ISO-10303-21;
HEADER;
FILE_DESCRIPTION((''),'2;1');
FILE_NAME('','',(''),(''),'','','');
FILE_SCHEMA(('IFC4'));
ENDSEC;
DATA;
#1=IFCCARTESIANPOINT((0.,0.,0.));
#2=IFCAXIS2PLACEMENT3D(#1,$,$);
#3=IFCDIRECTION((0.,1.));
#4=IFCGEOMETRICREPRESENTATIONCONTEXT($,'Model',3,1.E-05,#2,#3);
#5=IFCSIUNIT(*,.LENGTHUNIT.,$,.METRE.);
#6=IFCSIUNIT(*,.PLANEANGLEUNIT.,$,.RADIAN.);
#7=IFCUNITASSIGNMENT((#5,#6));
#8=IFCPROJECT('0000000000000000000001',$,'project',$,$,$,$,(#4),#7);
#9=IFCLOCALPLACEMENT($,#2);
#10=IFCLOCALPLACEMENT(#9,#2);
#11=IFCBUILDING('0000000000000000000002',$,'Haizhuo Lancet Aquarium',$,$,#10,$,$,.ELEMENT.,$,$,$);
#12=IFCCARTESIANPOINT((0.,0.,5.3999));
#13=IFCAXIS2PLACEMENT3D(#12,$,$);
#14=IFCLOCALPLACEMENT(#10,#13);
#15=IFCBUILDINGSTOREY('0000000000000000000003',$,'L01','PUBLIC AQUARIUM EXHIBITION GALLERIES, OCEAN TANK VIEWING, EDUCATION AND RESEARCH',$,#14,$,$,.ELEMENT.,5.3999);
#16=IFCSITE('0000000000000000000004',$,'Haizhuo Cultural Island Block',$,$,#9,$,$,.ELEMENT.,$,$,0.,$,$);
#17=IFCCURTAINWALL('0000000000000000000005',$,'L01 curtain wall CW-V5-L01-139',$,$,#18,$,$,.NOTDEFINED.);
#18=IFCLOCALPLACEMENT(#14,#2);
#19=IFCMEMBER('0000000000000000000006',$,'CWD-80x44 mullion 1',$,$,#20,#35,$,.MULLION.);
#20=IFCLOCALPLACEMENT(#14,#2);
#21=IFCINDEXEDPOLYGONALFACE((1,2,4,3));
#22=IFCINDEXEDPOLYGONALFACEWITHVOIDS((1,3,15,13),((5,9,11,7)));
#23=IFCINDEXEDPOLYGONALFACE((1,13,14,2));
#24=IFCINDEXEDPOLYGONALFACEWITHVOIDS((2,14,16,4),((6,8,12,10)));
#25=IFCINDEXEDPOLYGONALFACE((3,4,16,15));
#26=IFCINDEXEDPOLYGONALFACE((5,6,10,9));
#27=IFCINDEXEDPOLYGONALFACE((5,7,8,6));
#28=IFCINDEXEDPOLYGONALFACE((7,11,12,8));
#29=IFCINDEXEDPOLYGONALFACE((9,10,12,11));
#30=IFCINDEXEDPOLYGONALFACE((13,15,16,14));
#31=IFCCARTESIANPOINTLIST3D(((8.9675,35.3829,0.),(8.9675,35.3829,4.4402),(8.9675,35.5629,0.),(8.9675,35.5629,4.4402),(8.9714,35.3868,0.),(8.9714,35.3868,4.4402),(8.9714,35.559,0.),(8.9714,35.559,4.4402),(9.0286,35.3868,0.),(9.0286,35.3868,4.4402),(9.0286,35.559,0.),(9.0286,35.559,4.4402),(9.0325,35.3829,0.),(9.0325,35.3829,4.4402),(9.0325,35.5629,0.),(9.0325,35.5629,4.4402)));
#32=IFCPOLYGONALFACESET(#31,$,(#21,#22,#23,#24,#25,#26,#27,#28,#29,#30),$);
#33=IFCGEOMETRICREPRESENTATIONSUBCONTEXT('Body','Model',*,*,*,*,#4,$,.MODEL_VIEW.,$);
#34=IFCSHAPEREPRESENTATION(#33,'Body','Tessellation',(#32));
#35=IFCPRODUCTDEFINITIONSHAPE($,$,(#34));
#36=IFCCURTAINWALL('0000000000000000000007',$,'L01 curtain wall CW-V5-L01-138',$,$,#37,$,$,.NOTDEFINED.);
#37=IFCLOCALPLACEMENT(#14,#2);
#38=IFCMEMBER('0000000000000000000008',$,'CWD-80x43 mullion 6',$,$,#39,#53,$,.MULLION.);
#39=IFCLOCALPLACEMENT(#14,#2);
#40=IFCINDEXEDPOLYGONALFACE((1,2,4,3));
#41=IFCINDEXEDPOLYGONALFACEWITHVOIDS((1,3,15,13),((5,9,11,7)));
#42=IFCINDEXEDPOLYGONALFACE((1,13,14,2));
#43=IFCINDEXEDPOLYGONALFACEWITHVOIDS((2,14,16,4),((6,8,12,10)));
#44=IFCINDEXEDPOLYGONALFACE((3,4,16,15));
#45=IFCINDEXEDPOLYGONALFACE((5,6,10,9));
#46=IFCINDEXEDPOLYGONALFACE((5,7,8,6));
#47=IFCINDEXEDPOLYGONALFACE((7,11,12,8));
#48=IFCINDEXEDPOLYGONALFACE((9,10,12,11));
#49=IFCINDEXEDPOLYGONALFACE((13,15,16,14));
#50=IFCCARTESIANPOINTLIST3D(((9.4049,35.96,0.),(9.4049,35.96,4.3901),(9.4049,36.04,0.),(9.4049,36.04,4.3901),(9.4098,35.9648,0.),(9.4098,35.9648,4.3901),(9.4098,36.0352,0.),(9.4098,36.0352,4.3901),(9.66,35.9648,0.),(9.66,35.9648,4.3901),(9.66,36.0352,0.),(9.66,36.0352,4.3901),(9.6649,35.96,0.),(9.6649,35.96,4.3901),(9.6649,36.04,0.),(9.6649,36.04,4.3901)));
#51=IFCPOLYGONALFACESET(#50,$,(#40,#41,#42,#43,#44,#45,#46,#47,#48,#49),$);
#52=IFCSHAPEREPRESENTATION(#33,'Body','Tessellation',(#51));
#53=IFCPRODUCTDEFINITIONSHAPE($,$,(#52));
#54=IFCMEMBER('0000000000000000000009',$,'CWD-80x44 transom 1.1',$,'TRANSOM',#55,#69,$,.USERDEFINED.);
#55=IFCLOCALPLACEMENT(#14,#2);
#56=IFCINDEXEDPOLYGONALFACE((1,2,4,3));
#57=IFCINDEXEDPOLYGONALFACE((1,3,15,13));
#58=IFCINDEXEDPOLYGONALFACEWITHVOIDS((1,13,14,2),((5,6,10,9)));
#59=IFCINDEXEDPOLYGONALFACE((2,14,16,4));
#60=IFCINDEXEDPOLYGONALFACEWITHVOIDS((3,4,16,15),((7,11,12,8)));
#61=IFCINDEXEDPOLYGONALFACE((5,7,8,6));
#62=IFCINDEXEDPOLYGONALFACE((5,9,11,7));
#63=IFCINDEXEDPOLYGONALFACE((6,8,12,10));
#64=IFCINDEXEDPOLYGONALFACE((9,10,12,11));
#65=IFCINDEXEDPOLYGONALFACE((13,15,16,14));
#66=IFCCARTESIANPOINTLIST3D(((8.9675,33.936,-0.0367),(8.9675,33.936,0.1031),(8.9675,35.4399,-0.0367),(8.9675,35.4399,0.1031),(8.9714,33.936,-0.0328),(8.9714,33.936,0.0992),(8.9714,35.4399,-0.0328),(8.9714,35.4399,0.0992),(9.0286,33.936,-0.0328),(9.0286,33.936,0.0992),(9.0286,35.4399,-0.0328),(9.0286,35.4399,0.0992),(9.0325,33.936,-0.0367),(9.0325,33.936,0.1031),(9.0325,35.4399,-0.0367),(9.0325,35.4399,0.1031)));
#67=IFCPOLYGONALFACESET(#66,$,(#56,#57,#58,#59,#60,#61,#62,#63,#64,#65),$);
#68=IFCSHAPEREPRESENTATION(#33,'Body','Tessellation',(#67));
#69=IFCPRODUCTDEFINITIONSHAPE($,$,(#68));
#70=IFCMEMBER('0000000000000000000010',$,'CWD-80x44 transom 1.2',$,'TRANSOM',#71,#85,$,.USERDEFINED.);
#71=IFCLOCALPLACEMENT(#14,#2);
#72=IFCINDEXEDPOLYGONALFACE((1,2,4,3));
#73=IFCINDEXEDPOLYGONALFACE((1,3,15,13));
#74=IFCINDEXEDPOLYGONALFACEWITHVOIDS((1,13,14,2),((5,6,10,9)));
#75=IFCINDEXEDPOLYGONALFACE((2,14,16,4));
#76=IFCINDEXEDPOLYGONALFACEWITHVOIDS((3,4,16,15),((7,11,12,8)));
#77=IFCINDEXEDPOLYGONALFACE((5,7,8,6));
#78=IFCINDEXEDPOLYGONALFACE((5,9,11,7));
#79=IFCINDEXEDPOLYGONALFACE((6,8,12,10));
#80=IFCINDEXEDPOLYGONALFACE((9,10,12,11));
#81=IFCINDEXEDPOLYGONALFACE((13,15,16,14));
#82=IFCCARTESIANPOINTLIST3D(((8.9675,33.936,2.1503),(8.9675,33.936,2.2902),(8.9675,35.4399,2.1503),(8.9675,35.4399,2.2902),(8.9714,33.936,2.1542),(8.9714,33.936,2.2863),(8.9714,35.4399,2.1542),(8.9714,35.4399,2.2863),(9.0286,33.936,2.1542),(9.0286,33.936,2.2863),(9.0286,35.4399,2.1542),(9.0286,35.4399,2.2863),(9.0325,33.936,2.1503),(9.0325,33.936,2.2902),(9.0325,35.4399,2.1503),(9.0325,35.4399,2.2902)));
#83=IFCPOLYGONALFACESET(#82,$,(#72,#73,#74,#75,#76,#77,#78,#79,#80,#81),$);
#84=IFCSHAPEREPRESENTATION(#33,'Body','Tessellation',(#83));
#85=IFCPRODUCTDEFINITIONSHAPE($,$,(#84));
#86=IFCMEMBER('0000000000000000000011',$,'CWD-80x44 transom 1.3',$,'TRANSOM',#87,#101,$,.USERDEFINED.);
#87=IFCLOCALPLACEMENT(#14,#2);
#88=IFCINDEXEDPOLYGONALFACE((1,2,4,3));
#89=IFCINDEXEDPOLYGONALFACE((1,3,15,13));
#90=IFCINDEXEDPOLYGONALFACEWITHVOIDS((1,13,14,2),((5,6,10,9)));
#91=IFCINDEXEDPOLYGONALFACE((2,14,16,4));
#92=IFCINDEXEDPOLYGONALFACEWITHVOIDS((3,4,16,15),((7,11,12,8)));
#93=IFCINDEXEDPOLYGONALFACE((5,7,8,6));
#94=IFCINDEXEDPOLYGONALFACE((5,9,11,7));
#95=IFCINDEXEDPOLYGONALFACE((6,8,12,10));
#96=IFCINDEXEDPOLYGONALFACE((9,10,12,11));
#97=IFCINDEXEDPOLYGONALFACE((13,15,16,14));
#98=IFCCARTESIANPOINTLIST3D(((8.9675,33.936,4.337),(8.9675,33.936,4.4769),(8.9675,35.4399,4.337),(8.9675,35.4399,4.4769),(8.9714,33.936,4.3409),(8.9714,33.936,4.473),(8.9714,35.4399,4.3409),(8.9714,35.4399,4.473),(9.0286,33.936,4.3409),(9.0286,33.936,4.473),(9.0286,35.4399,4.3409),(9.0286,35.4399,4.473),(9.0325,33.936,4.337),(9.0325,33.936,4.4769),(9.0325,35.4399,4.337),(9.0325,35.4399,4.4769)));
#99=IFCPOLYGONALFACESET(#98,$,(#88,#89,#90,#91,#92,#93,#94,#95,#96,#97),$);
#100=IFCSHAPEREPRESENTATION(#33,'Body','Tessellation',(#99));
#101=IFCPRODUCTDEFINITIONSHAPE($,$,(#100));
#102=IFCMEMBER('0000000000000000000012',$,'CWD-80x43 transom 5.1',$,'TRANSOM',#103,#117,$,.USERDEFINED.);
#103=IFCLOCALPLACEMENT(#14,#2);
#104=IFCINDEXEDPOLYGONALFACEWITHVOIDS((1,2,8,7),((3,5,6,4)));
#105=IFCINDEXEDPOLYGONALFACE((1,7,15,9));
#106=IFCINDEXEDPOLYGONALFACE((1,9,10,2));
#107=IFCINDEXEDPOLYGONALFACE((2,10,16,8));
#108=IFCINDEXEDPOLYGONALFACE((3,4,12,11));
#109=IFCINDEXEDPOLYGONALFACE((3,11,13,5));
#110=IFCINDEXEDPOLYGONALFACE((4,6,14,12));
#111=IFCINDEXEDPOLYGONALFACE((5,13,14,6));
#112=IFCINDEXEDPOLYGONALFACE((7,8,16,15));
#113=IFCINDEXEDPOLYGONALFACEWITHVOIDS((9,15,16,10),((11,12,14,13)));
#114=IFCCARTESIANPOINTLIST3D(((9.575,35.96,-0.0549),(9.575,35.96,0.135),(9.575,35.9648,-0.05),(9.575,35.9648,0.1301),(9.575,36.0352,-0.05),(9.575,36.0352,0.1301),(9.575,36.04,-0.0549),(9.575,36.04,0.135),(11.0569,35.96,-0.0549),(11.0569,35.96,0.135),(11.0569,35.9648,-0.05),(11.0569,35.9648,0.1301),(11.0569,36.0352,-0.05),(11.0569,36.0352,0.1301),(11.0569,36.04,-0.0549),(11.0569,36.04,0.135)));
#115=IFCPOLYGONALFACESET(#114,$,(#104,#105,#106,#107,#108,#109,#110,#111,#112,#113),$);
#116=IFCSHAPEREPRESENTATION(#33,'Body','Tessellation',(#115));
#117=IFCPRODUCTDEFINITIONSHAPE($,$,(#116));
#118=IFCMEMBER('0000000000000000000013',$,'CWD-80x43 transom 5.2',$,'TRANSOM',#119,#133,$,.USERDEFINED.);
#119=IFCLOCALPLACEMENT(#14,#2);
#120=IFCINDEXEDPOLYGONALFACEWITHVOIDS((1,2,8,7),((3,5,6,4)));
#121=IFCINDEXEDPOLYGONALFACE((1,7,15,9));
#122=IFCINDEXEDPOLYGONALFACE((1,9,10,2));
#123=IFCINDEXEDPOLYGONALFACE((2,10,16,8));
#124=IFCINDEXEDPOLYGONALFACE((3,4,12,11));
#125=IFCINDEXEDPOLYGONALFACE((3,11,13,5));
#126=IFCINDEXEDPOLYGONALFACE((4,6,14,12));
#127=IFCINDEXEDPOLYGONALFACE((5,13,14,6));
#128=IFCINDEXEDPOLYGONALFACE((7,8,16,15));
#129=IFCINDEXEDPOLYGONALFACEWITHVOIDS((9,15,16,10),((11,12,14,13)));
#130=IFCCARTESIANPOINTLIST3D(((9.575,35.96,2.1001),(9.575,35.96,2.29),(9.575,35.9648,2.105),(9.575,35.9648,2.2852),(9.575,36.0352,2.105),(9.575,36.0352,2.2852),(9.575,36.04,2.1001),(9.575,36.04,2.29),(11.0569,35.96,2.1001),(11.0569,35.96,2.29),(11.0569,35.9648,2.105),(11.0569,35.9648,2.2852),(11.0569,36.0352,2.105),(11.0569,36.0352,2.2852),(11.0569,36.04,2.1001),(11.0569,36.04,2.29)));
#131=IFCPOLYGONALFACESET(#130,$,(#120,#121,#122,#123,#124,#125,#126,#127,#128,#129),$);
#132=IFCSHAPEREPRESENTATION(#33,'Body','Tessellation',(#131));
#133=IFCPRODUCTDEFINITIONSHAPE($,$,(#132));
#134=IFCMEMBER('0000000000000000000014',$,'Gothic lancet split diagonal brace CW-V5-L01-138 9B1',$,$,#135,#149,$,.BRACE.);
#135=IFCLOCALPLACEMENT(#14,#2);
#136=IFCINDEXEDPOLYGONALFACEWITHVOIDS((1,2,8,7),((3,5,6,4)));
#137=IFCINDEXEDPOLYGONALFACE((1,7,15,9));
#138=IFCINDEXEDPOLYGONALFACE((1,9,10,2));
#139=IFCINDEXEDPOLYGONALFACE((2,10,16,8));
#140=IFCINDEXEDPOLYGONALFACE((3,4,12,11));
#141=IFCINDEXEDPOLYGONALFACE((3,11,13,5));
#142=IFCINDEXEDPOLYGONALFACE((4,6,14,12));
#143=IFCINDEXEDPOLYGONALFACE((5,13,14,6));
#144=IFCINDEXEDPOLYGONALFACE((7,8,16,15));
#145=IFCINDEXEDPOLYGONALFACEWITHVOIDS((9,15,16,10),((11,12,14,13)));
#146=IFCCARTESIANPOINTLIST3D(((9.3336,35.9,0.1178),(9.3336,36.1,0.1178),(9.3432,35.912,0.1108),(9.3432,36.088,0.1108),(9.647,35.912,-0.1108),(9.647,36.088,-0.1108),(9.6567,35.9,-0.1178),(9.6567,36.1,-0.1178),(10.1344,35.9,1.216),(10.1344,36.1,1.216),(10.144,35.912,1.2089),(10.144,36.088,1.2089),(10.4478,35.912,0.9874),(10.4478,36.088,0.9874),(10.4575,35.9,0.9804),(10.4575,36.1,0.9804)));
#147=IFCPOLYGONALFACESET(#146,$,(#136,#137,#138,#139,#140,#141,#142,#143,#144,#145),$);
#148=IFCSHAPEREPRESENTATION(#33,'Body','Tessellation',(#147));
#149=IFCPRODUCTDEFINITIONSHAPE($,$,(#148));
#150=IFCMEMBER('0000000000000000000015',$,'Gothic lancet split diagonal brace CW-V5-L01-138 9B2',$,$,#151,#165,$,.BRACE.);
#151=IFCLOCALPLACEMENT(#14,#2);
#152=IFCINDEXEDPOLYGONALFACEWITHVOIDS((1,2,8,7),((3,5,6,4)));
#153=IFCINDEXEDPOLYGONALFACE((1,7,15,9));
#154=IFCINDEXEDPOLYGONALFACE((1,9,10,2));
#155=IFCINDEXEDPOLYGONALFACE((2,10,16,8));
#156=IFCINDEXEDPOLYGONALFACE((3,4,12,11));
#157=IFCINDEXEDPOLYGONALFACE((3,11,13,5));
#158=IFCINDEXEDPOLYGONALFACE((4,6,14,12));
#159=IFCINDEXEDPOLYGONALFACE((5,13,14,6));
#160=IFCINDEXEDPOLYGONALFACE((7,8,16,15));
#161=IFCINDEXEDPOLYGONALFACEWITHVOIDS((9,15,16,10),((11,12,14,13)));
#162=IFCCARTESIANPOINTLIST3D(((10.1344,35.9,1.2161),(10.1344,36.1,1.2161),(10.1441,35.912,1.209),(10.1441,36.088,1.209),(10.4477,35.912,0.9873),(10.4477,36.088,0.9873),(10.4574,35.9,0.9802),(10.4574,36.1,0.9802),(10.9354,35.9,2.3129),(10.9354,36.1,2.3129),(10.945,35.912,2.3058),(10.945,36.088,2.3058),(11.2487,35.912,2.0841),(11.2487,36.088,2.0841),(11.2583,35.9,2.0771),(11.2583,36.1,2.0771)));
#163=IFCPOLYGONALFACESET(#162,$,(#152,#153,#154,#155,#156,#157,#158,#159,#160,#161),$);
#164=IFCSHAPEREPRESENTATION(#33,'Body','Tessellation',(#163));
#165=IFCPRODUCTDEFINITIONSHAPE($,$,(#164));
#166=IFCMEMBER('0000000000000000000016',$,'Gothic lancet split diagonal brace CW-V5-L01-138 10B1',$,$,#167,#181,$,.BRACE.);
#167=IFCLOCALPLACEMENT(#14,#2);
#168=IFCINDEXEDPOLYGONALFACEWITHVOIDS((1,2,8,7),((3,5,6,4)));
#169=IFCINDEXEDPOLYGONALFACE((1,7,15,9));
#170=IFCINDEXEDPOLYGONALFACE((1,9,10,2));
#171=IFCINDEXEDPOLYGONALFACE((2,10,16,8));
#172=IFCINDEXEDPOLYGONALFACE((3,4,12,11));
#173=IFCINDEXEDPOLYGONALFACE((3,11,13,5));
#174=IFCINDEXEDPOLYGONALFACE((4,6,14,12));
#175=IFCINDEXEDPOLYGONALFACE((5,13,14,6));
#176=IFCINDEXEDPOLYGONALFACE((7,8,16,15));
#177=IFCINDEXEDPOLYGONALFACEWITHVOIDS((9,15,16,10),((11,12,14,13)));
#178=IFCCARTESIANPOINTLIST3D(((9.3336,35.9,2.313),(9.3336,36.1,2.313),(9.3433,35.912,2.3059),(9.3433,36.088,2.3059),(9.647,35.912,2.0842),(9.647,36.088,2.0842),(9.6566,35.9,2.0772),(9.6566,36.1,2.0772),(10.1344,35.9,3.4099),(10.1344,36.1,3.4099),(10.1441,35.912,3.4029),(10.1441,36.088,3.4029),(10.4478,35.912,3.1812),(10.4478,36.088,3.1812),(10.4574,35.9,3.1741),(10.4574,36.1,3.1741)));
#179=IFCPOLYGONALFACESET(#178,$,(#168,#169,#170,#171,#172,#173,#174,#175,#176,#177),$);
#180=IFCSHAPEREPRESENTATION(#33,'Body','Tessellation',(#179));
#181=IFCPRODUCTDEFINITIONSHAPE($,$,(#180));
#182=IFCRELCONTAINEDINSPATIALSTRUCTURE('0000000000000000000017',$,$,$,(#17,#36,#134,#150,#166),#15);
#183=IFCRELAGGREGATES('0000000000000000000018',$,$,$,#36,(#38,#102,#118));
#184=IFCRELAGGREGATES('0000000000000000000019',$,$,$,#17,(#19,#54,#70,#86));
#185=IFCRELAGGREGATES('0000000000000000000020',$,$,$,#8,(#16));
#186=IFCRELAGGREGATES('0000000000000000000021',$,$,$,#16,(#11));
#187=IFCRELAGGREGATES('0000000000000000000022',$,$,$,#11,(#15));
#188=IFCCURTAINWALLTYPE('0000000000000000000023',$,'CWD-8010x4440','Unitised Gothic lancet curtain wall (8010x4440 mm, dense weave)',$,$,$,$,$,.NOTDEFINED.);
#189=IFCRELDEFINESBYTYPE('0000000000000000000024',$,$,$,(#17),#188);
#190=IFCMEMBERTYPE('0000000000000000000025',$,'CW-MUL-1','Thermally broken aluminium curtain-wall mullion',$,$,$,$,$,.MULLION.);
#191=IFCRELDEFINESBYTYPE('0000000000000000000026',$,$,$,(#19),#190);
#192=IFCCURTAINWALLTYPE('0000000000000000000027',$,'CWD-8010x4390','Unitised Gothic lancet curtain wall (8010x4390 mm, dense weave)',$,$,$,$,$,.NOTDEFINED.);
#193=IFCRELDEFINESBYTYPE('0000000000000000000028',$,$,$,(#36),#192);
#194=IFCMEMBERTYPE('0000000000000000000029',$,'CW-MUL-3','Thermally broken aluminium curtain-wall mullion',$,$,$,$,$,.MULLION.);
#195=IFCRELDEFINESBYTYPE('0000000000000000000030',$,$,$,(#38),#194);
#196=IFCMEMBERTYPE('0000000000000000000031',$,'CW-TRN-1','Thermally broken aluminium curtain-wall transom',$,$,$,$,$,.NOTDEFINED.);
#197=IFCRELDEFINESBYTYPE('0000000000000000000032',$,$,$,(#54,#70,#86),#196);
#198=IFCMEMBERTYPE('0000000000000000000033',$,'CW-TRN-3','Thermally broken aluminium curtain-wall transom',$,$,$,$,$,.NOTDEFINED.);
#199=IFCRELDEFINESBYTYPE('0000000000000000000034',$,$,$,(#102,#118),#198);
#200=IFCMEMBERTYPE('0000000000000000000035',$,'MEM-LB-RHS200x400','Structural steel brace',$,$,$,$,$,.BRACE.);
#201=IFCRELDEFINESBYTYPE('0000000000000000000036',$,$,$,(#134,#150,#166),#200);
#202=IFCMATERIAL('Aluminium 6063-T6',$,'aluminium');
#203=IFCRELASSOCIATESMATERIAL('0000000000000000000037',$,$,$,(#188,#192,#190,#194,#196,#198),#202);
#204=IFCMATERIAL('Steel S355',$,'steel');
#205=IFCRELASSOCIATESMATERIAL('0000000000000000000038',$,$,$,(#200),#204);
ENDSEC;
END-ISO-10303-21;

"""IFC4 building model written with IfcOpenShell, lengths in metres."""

from ifc_helpers import new_model, si_unit, direction, frame, origin, origin_2d, place, context, subcontext, project, spatial, hollow_rectangle, extrude, material, material_profile, profile_set, type_object, element, aggregate, save


model = new_model("IFC4")

# Units and contexts
model_context = context("Model", 3, precision=1e-05, world=origin(), true_north=direction((0.0, 1.0)))
body_context = subcontext(model_context, "Body", "Model", "MODEL_VIEW")
ifc_project = project(units=[si_unit("LENGTHUNIT", "METRE"), si_unit("PLANEANGLEUNIT", "RADIAN")], contexts=[model_context])

# Site, building, storey
site_placement = place(None, origin())
site = spatial("IfcSite", under=ifc_project, at=site_placement, Name="Haizhuo Cultural Island Block", CompositionType="ELEMENT", RefElevation=0.0)
building_placement = place(site_placement, origin())
building = spatial("IfcBuilding", under=site, at=building_placement, Name="Haizhuo Lancet Aquarium", CompositionType="ELEMENT")
storey_placement = place(building_placement, frame((0.0, 0.0, 5.3999)))
storey = spatial("IfcBuildingStorey", under=building, at=storey_placement, Name="L01", Description="PUBLIC AQUARIUM EXHIBITION GALLERIES, OCEAN TANK VIEWING, EDUCATION AND RESEARCH", CompositionType="ELEMENT", Elevation=5.3999)

# Curtain walls, members
ifc_material_1 = material(Name="Aluminium 6063-T6", Category="aluminium")
curtain_wall_type_1 = type_object("IfcCurtainWallType", Name="CWD-8010x4440", Description="Unitised Gothic lancet curtain wall (8010x4440 mm, dense weave)", PredefinedType="NOTDEFINED", material=ifc_material_1)
curtain_wall_1_placement = place(storey_placement, origin())
curtain_wall_1 = element("IfcCurtainWall", 1, at=curtain_wall_1_placement, inside=storey, type_object=curtain_wall_type_1, Name="L01 curtain wall CW-V5-L01-139", PredefinedType="NOTDEFINED")
ifc_material_profile_1 = material_profile(ifc_material_1, hollow_rectangle(XDim=0.0649, YDim=0.1799, WallThickness=0.0039, at=origin_2d()), Name="ALU-M 65x180x4")
ifc_profile_set_1 = profile_set([ifc_material_profile_1], Name="Aluminium 6063-T6")
member_type_1 = type_object("IfcMemberType", Name="CW-MUL-1", Description="Thermally broken aluminium curtain-wall mullion", PredefinedType="MULLION", material=ifc_profile_set_1)
member_1_placement = place(storey_placement, frame((9.0, 35.4729, 0.0), z_axis=(0.0, 0.0, 1.0), x_axis=(1.0, 0.0, 0.0)))
member_1 = element("IfcMember", 2, at=member_1_placement, type_object=member_type_1, Name="CWD-80x44 mullion 1", PredefinedType="MULLION", context=body_context, shape_type="SweptSolid", body=[
    extrude(hollow_rectangle(XDim=0.0649, YDim=0.1799, WallThickness=0.0039, at=origin_2d()), origin(), (0.0, 0.0, 1.0), 4.4402),
])
curtain_wall_type_2 = type_object("IfcCurtainWallType", Name="CWD-8010x4390", Description="Unitised Gothic lancet curtain wall (8010x4390 mm, dense weave)", PredefinedType="NOTDEFINED", material=ifc_material_1)
curtain_wall_2_placement = place(storey_placement, origin())
curtain_wall_2 = element("IfcCurtainWall", 3, at=curtain_wall_2_placement, inside=storey, type_object=curtain_wall_type_2, Name="L01 curtain wall CW-V5-L01-138", PredefinedType="NOTDEFINED")
ifc_material_profile_2 = material_profile(ifc_material_1, hollow_rectangle(XDim=0.0801, YDim=0.26, WallThickness=0.0049, at=origin_2d()), Name="ALU-M 80x260x5")
ifc_profile_set_2 = profile_set([ifc_material_profile_2], Name="Aluminium 6063-T6")
member_type_2 = type_object("IfcMemberType", Name="CW-MUL-3", Description="Thermally broken aluminium curtain-wall mullion", PredefinedType="MULLION", material=ifc_profile_set_2)
member_2_placement = place(storey_placement, frame((9.5349, 36.0, 0.0), z_axis=(0.0, 0.0, 1.0), x_axis=(0.0, -1.0, 0.0)))
member_2 = element("IfcMember", 4, at=member_2_placement, type_object=member_type_2, Name="CWD-80x43 mullion 6", PredefinedType="MULLION", context=body_context, shape_type="SweptSolid", body=[
    extrude(hollow_rectangle(XDim=0.0801, YDim=0.26, WallThickness=0.0049, at=origin_2d()), origin(), (0.0, 0.0, 1.0), 4.3901),
])

# Members
ifc_material_profile_3 = material_profile(ifc_material_1, hollow_rectangle(XDim=0.0649, YDim=0.1399, WallThickness=0.0039, at=origin_2d()), Name="ALU-T 65x140x4")
ifc_profile_set_3 = profile_set([ifc_material_profile_3], Name="Aluminium 6063-T6")
member_type_3 = type_object("IfcMemberType", Name="CW-TRN-1", Description="Thermally broken aluminium curtain-wall transom", PredefinedType="NOTDEFINED", material=ifc_profile_set_3)
member_3_placement = place(storey_placement, frame((9.0, 35.4399, 0.0332), z_axis=(0.0, -1.0, 0.0), x_axis=(1.0, 0.0, 0.0)))
member_3 = element("IfcMember", 5, at=member_3_placement, type_object=member_type_3, Name="CWD-80x44 transom 1.1", ObjectType="TRANSOM", PredefinedType="USERDEFINED", context=body_context, shape_type="SweptSolid", body=[
    extrude(hollow_rectangle(XDim=0.0649, YDim=0.1399, WallThickness=0.0039, at=origin_2d()), origin(), (0.0, 0.0, 1.0), 1.5039),
])
member_4_placement = place(storey_placement, frame((9.0, 35.4399, 2.2202), z_axis=(0.0, -1.0, 0.0), x_axis=(1.0, 0.0, 0.0)))
member_4 = element("IfcMember", 6, at=member_4_placement, type_object=member_type_3, Name="CWD-80x44 transom 1.2", ObjectType="TRANSOM", PredefinedType="USERDEFINED", context=body_context, shape_type="SweptSolid", body=[
    extrude(hollow_rectangle(XDim=0.0649, YDim=0.1399, WallThickness=0.0039, at=origin_2d()), origin(), (0.0, 0.0, 1.0), 1.5039),
])
member_5_placement = place(storey_placement, frame((9.0, 35.4399, 4.407), z_axis=(0.0, -1.0, 0.0), x_axis=(1.0, 0.0, 0.0)))
member_5 = element("IfcMember", 7, at=member_5_placement, type_object=member_type_3, Name="CWD-80x44 transom 1.3", ObjectType="TRANSOM", PredefinedType="USERDEFINED", context=body_context, shape_type="SweptSolid", body=[
    extrude(hollow_rectangle(XDim=0.0649, YDim=0.1399, WallThickness=0.0039, at=origin_2d()), origin(), (0.0, 0.0, 1.0), 1.5039),
])
ifc_material_profile_4 = material_profile(ifc_material_1, hollow_rectangle(XDim=0.0801, YDim=0.1899, WallThickness=0.0049, at=origin_2d()), Name="ALU-T 80x190x5")
ifc_profile_set_4 = profile_set([ifc_material_profile_4], Name="Aluminium 6063-T6")
member_type_4 = type_object("IfcMemberType", Name="CW-TRN-3", Description="Thermally broken aluminium curtain-wall transom", PredefinedType="NOTDEFINED", material=ifc_profile_set_4)
member_6_placement = place(storey_placement, frame((11.0569, 36.0, 0.04), z_axis=(-1.0, 0.0, 0.0), x_axis=(0.0, -1.0, 0.0)))
member_6 = element("IfcMember", 8, at=member_6_placement, type_object=member_type_4, Name="CWD-80x43 transom 5.1", ObjectType="TRANSOM", PredefinedType="USERDEFINED", context=body_context, shape_type="SweptSolid", body=[
    extrude(hollow_rectangle(XDim=0.0801, YDim=0.1899, WallThickness=0.0049, at=origin_2d()), origin(), (0.0, 0.0, 1.0), 1.4819),
])
member_7_placement = place(storey_placement, frame((11.0569, 36.0, 2.1951), z_axis=(-1.0, 0.0, 0.0), x_axis=(0.0, -1.0, 0.0)))
member_7 = element("IfcMember", 9, at=member_7_placement, type_object=member_type_4, Name="CWD-80x43 transom 5.2", ObjectType="TRANSOM", PredefinedType="USERDEFINED", context=body_context, shape_type="SweptSolid", body=[
    extrude(hollow_rectangle(XDim=0.0801, YDim=0.1899, WallThickness=0.0049, at=origin_2d()), origin(), (0.0, 0.0, 1.0), 1.4819),
])

# Members
ifc_material_2 = material(Name="Steel S355", Category="steel")
ifc_material_profile_5 = material_profile(ifc_material_2, hollow_rectangle(XDim=0.2, YDim=0.3999, WallThickness=0.012, at=origin_2d()), Name="RHS 200x400x12")
ifc_profile_set_5 = profile_set([ifc_material_profile_5], Name="Steel S355")
member_type_5 = type_object("IfcMemberType", Name="MEM-LB-RHS200x400", Description="Structural steel brace", PredefinedType="BRACE", material=ifc_profile_set_5)
member_8_placement = place(storey_placement, frame((9.4951, 36.0, 0.0), z_axis=(0.589197, 0.0, 0.80799), x_axis=(0.0, 1.0, 0.0)))
element("IfcMember", 10, at=member_8_placement, inside=storey, type_object=member_type_5, Name="Gothic lancet split diagonal brace CW-V5-L01-138 9B1", PredefinedType="BRACE", context=body_context, shape_type="SweptSolid", body=[
    extrude(hollow_rectangle(XDim=0.2, YDim=0.3999, WallThickness=0.012, at=origin_2d()), origin(), (0.0, 0.0, 1.0), 1.3591),
])
for number, where, z_axis, x_axis, name in (
    (11, (10.2959, 36.0, 1.0981), (0.589742, 0.0, 0.807592), (0.0, 1.0, 0.0), "Gothic lancet split diagonal brace CW-V5-L01-138 9B2"),
    (12, (9.4951, 36.0, 2.1951), (0.589624, 0.0, 0.807678), (0.0, 1.0, 0.0), "Gothic lancet split diagonal brace CW-V5-L01-138 10B1"),
):
    element("IfcMember", number, at=place(storey_placement, frame(where, z_axis=z_axis, x_axis=x_axis)), inside=storey, type_object=member_type_5, Name=name, PredefinedType="BRACE", context=body_context, shape_type="SweptSolid", body=[
        extrude(hollow_rectangle(XDim=0.2, YDim=0.3999, WallThickness=0.012, at=origin_2d()), origin(), (0.0, 0.0, 1.0), 1.3582),
    ])

aggregate(curtain_wall_2, [member_2, member_6, member_7])
aggregate(curtain_wall_1, [member_1, member_3, member_4, member_5])

save(model, "model.ifc")
